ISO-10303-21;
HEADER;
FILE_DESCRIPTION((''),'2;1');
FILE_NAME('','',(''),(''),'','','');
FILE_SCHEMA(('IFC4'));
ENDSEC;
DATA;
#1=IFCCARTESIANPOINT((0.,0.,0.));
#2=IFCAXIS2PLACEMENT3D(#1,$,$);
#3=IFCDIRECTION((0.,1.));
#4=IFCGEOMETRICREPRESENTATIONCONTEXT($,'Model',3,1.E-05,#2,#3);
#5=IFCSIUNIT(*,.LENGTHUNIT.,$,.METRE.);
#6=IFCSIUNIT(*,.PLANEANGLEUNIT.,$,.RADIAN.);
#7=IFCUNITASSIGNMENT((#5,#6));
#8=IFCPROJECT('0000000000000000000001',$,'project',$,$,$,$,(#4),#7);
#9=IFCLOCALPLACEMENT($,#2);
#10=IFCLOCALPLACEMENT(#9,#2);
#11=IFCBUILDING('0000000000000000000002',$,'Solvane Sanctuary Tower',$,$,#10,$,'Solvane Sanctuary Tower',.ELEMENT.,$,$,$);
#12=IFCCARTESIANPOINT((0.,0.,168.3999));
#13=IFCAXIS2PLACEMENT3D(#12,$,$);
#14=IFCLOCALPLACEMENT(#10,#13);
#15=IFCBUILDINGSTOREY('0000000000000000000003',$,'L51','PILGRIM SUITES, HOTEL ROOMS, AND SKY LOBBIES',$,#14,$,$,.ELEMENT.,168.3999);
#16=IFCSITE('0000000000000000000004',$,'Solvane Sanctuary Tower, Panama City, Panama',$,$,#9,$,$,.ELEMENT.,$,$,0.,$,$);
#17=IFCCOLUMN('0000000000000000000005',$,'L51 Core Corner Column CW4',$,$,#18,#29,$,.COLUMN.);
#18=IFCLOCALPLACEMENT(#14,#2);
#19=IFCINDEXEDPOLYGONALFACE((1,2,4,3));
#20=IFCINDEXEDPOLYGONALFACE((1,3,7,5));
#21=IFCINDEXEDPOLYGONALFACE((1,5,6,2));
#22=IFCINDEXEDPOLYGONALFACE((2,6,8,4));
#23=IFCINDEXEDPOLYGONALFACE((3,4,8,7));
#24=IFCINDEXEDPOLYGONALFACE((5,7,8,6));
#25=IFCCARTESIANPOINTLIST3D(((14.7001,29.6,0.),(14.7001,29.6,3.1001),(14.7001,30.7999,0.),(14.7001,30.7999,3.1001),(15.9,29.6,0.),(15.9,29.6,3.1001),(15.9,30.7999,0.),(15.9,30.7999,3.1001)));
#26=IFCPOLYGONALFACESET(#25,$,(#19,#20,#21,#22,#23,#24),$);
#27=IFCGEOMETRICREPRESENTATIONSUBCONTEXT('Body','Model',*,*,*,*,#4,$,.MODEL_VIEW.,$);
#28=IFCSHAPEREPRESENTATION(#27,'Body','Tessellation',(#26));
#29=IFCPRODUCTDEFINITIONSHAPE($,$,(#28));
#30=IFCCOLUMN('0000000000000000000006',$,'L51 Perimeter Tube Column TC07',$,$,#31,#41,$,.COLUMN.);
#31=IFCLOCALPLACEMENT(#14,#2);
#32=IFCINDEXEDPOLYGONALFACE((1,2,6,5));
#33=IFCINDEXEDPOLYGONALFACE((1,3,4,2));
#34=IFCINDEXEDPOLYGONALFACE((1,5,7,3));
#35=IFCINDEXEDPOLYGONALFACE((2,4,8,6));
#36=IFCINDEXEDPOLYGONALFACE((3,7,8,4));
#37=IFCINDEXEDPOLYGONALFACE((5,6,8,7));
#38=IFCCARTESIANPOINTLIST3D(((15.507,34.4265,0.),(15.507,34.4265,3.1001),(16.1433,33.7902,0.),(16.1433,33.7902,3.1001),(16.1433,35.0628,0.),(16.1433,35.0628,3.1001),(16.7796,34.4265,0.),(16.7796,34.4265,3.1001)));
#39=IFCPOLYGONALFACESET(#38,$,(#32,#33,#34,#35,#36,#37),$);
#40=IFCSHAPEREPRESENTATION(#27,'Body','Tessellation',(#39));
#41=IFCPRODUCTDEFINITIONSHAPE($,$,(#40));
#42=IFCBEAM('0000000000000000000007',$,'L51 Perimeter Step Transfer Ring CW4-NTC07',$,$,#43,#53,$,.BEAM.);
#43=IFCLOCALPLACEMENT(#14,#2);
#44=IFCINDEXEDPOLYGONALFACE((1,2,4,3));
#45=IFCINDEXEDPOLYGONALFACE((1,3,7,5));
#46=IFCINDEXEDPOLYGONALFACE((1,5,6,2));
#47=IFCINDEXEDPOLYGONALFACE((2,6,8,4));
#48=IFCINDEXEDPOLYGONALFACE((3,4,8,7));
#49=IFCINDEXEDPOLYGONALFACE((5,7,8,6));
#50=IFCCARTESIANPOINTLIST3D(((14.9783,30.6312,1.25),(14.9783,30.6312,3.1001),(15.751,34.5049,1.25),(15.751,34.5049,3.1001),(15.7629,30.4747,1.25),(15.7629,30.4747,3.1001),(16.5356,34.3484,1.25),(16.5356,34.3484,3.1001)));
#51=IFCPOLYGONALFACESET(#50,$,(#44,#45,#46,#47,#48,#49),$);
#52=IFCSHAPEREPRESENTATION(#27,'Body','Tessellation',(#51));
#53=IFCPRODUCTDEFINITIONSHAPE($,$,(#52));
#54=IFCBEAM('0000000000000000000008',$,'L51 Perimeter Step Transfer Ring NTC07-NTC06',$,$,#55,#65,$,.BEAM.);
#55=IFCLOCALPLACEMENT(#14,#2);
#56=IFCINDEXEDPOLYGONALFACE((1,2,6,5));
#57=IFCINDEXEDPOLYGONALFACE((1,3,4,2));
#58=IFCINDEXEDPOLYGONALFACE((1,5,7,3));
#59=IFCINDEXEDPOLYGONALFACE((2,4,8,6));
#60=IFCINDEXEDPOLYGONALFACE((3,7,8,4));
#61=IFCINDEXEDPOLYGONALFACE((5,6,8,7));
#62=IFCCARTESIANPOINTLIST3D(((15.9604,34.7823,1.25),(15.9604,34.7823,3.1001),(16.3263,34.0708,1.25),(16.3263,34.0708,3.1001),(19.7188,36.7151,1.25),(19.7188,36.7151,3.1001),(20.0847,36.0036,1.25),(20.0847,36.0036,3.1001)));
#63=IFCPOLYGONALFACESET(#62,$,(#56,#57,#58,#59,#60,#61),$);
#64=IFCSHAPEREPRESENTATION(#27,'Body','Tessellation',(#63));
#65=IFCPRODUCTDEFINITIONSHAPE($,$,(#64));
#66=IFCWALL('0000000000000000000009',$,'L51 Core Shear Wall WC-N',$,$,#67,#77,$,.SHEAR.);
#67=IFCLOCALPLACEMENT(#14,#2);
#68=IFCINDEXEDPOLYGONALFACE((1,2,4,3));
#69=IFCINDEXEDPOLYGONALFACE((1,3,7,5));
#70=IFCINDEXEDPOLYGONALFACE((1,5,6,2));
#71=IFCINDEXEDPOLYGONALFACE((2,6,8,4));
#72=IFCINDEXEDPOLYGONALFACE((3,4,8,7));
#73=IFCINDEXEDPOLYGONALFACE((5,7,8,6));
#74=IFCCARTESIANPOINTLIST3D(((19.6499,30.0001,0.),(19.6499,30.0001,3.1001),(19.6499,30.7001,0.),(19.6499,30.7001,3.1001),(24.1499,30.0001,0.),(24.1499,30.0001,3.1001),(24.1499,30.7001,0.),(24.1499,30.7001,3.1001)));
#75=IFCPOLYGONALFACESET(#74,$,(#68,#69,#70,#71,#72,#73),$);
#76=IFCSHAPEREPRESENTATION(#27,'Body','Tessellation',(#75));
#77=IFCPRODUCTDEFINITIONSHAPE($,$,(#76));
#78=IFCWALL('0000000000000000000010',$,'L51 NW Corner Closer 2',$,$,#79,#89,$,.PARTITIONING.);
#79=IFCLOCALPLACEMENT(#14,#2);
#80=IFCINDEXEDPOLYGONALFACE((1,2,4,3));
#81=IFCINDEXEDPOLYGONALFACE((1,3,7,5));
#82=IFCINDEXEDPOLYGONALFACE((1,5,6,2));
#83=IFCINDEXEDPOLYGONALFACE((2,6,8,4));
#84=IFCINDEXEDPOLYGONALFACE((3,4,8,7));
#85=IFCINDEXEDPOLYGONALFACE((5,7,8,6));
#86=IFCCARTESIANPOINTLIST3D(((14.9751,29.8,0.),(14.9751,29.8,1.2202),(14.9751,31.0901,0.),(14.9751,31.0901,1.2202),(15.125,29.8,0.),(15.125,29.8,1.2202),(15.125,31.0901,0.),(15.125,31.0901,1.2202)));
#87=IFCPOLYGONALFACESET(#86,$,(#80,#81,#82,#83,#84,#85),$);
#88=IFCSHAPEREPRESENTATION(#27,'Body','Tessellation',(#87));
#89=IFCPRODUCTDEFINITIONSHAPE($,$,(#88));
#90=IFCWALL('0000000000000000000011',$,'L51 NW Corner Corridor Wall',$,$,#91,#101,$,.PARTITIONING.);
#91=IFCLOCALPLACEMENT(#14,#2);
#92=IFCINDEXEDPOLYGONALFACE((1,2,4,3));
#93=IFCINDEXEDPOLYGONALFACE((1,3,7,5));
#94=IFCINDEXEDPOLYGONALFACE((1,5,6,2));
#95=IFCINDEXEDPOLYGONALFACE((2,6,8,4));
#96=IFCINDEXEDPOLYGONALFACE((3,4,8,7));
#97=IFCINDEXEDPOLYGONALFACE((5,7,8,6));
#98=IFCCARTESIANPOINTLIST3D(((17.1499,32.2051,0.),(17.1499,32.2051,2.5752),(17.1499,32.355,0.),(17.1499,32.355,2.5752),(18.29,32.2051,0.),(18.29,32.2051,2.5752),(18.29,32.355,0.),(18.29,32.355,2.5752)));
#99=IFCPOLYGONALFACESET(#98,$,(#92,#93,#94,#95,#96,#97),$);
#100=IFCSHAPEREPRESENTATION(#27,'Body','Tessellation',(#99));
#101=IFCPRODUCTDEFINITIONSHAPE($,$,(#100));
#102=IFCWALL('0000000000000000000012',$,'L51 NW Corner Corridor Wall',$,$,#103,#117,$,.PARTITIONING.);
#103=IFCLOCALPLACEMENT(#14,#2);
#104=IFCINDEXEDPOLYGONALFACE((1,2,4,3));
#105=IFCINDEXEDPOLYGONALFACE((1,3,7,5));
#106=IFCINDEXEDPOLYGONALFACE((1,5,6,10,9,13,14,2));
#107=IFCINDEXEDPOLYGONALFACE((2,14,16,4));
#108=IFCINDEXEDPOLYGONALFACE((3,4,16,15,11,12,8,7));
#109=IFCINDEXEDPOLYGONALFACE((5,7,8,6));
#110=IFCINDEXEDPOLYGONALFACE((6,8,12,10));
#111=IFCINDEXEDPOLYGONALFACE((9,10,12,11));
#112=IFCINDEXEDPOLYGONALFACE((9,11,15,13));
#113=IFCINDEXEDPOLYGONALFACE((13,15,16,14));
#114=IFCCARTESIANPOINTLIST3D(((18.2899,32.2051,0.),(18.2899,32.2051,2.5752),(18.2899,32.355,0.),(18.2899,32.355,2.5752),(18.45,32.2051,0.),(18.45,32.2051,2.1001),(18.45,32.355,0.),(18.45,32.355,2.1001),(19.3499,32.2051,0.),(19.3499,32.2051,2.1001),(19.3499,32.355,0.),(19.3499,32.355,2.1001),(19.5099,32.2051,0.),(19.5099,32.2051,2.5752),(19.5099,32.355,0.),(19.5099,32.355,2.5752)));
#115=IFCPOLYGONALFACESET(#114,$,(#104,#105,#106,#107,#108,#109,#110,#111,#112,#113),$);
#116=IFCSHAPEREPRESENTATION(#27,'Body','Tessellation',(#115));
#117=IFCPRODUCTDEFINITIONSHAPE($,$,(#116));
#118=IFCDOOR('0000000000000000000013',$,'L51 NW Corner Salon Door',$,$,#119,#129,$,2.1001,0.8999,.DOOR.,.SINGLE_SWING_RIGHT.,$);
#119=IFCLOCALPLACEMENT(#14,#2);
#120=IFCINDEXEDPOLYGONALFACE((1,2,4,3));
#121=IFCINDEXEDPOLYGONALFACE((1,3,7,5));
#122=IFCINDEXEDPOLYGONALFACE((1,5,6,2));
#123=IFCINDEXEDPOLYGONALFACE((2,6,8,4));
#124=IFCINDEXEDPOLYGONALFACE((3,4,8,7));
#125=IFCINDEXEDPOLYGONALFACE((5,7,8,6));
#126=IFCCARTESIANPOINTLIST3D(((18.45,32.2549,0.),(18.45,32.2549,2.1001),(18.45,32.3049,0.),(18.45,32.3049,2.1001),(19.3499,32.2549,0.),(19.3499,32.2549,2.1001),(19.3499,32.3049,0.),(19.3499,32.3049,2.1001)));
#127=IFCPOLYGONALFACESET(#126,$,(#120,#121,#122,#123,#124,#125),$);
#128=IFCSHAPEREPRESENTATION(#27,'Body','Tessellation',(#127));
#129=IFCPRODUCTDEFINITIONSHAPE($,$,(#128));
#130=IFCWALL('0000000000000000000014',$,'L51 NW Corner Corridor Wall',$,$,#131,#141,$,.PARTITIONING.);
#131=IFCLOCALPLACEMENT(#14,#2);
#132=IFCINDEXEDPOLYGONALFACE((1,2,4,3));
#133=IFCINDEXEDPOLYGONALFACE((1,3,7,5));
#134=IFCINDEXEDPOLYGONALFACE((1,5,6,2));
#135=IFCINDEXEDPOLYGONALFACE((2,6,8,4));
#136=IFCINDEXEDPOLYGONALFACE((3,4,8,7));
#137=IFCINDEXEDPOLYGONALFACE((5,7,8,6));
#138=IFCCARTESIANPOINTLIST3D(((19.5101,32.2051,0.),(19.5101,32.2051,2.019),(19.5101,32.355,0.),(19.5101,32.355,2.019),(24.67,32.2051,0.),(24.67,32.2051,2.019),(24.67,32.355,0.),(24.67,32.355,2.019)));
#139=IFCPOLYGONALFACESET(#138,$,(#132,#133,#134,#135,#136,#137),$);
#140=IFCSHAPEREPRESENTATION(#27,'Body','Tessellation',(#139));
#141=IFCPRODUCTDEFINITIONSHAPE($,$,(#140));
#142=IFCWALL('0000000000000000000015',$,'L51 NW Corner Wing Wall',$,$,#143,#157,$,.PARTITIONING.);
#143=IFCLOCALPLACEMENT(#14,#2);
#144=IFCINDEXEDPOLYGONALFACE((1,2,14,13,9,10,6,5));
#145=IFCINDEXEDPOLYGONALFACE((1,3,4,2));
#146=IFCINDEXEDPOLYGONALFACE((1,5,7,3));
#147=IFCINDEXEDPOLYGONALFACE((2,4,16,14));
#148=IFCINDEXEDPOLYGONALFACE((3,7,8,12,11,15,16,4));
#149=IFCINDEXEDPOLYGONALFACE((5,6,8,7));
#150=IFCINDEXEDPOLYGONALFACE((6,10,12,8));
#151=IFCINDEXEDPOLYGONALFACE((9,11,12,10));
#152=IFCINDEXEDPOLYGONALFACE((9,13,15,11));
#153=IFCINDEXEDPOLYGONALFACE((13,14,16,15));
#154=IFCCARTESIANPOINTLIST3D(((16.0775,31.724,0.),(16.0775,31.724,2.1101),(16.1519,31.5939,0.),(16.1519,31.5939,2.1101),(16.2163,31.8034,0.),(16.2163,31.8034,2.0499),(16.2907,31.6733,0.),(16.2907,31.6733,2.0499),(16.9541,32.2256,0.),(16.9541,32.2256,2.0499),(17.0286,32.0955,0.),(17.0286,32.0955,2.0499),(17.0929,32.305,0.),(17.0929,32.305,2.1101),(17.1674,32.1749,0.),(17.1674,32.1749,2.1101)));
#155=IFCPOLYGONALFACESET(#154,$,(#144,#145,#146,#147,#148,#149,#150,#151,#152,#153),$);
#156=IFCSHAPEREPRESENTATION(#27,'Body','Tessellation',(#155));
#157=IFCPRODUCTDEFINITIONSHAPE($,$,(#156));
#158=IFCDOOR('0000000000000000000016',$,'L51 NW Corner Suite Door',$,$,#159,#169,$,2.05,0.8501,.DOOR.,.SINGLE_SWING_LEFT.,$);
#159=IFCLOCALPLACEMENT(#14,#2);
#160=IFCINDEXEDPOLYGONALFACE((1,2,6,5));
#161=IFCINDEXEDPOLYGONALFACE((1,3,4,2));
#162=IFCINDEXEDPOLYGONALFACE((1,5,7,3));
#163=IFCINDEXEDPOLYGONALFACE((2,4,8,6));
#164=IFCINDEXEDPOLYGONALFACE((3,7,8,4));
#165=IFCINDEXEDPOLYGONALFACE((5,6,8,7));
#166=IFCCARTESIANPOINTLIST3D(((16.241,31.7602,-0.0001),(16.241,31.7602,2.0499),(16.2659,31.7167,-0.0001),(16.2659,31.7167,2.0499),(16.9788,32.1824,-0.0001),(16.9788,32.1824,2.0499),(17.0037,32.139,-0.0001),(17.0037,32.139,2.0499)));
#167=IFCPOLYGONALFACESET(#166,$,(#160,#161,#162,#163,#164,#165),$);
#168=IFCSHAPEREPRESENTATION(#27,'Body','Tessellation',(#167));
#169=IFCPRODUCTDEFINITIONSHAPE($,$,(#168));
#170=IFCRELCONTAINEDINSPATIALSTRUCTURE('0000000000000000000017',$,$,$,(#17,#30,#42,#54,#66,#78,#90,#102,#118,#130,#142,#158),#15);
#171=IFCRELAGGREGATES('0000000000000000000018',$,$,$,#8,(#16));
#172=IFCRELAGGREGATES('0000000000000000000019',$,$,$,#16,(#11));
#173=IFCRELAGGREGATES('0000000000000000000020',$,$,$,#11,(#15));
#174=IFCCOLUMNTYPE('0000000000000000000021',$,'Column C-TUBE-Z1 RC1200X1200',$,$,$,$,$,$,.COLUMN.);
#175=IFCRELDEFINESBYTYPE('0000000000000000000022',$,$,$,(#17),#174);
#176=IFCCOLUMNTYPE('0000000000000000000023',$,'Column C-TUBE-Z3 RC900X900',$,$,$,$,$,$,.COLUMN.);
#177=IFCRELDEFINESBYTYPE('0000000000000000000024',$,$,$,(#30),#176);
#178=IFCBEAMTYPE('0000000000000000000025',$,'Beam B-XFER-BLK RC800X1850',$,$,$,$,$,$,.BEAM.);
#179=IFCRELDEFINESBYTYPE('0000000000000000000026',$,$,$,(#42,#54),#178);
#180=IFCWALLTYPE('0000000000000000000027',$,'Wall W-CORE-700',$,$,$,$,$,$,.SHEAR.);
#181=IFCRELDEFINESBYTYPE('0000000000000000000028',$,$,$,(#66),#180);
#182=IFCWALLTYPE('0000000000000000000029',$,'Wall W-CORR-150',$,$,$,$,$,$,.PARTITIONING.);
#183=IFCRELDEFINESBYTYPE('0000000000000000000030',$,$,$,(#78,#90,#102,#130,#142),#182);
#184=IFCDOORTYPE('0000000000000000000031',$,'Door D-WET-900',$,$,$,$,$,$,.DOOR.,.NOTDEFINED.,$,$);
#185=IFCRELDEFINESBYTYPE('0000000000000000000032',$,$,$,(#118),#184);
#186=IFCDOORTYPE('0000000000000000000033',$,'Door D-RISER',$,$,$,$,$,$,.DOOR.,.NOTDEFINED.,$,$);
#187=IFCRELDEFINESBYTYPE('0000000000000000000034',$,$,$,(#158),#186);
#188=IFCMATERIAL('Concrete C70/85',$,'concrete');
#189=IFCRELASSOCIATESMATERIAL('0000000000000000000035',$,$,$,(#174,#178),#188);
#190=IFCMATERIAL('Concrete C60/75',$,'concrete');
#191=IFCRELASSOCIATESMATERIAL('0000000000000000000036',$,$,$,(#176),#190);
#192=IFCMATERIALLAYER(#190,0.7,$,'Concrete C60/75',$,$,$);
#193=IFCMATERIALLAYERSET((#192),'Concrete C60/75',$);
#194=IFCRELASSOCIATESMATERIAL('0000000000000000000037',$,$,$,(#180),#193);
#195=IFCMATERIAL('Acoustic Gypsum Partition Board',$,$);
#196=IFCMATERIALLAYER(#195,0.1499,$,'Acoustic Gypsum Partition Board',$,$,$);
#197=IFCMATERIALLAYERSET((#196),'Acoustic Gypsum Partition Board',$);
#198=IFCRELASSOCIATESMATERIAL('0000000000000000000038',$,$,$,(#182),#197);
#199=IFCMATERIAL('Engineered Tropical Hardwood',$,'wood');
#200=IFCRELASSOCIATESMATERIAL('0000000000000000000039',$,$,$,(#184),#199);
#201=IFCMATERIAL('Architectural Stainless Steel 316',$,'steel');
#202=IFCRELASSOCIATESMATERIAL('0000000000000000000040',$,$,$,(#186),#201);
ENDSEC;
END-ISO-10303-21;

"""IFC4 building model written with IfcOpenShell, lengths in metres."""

from ifc_helpers import new_model, si_unit, direction, frame, frame_2d, origin, origin_2d, place, context, subcontext, project, spatial, rectangle, extrude, material, layer, layer_set, material_profile, profile_set, type_object, element, fill, save


model = new_model("IFC4")

# Units and contexts
model_context = context("Model", 3, precision=1e-05, world=origin(), true_north=direction((0.0, 1.0)))
body_context = subcontext(model_context, "Body", "Model", "MODEL_VIEW")
ifc_project = project(units=[si_unit("LENGTHUNIT", "METRE"), si_unit("PLANEANGLEUNIT", "RADIAN")], contexts=[model_context])

# Site, building, storey
site_placement = place(None, origin())
site = spatial("IfcSite", under=ifc_project, at=site_placement, Name="Solvane Sanctuary Tower, Panama City, Panama", CompositionType="ELEMENT", RefElevation=0.0)
building_placement = place(site_placement, origin())
building = spatial("IfcBuilding", under=site, at=building_placement, Name="Solvane Sanctuary Tower", LongName="Solvane Sanctuary Tower", CompositionType="ELEMENT")
storey_placement = place(building_placement, frame((0.0, 0.0, 168.3999)))
storey = spatial("IfcBuildingStorey", under=building, at=storey_placement, Name="L51", Description="PILGRIM SUITES, HOTEL ROOMS, AND SKY LOBBIES", CompositionType="ELEMENT", Elevation=168.3999)

# Columns
ifc_material_1 = material(Name="Concrete C70/85", Category="concrete")
ifc_material_profile_1 = material_profile(ifc_material_1, rectangle(XDim=1.2, YDim=1.2, at=origin_2d()), Name="RC1200X1200")
ifc_profile_set_1 = profile_set([ifc_material_profile_1], Name="Concrete C70/85")
column_type_1 = type_object("IfcColumnType", Name="Column C-TUBE-Z1 RC1200X1200", PredefinedType="COLUMN", material=ifc_profile_set_1)
column_1_placement = place(storey_placement, frame((15.3, 30.2, 0.0), z_axis=(0.0, 0.0, 1.0), x_axis=(1.0, 0.0, 0.0)))
element("IfcColumn", 1, at=column_1_placement, inside=storey, type_object=column_type_1, Name="L51 Core Corner Column CW4", PredefinedType="COLUMN", context=body_context, shape_type="SweptSolid", body=[
    extrude(rectangle(XDim=1.2, YDim=1.2, at=origin_2d()), origin(), (0.0, 0.0, 1.0), 3.1001),
])
ifc_material_2 = material(Name="Concrete C60/75", Category="concrete")
ifc_material_profile_2 = material_profile(ifc_material_2, rectangle(XDim=0.8999, YDim=0.8999, at=origin_2d()), Name="RC900X900")
ifc_profile_set_2 = profile_set([ifc_material_profile_2], Name="Concrete C60/75")
column_type_2 = type_object("IfcColumnType", Name="Column C-TUBE-Z3 RC900X900", PredefinedType="COLUMN", material=ifc_profile_set_2)
column_2_placement = place(storey_placement, frame((16.1433, 34.4265, 0.0), z_axis=(0.0, 0.0, 1.0), x_axis=(-0.707107, 0.707107, 0.0)))
element("IfcColumn", 2, at=column_2_placement, inside=storey, type_object=column_type_2, Name="L51 Perimeter Tube Column TC07", PredefinedType="COLUMN", context=body_context, shape_type="SweptSolid", body=[
    extrude(rectangle(XDim=0.8999, YDim=0.8999, at=origin_2d()), origin(), (0.0, 0.0, 1.0), 3.1001),
])

# Beams
ifc_material_profile_3 = material_profile(ifc_material_1, rectangle(XDim=0.8, YDim=1.8501, at=origin_2d()), Name="RC800X1850")
ifc_profile_set_3 = profile_set([ifc_material_profile_3], Name="Concrete C70/85")
beam_type = type_object("IfcBeamType", Name="Beam B-XFER-BLK RC800X1850", PredefinedType="BEAM", material=ifc_profile_set_3)
beam_1_placement = place(storey_placement, frame((15.3706, 30.553, 2.175), z_axis=(0.195629, 0.980678, 0.0), x_axis=(-0.980678, 0.195629, 0.0)))
element("IfcBeam", 3, at=beam_1_placement, inside=storey, type_object=beam_type, Name="L51 Perimeter Step Transfer Ring CW4-NTC07", PredefinedType="BEAM", context=body_context, shape_type="SweptSolid", body=[
    extrude(rectangle(XDim=0.8, YDim=1.8501, at=origin_2d()), origin(), (0.0, 0.0, 1.0), 3.95),
])
beam_2_placement = place(storey_placement, frame((16.1433, 34.4265, 2.175), z_axis=(0.889298, 0.457328, 0.0), x_axis=(-0.457328, 0.889298, 0.0)))
element("IfcBeam", 4, at=beam_2_placement, inside=storey, type_object=beam_type, Name="L51 Perimeter Step Transfer Ring NTC07-NTC06", PredefinedType="BEAM", context=body_context, shape_type="SweptSolid", body=[
    extrude(rectangle(XDim=0.8, YDim=1.8501, at=origin_2d()), origin(), (0.0, 0.0, 1.0), 4.2263),
])

# Walls
ifc_layer_1 = layer(ifc_material_2, 0.7, Name="Concrete C60/75")
ifc_layer_set_1 = layer_set([ifc_layer_1], Name="Concrete C60/75")
wall_type_1 = type_object("IfcWallType", Name="Wall W-CORE-700", PredefinedType="SHEAR", material=ifc_layer_set_1)
wall_1_placement = place(storey_placement, frame((19.6499, 30.3501, 0.0), z_axis=(0.0, 0.0, 1.0), x_axis=(1.0, 0.0, 0.0)))
element("IfcWall", 5, at=wall_1_placement, inside=storey, type_object=wall_type_1, Name="L51 Core Shear Wall WC-N", PredefinedType="SHEAR", context=body_context, shape_type="SweptSolid", body=[
    extrude(rectangle(XDim=4.5, YDim=0.7, at=frame_2d((2.25, 0.0))), origin(), (0.0, 0.0, 1.0), 3.1001),
])
ifc_material_3 = material(Name="Acoustic Gypsum Partition Board")
ifc_layer_2 = layer(ifc_material_3, 0.1499, Name="Acoustic Gypsum Partition Board")
ifc_layer_set_2 = layer_set([ifc_layer_2], Name="Acoustic Gypsum Partition Board")
wall_type_2 = type_object("IfcWallType", Name="Wall W-CORR-150", PredefinedType="PARTITIONING", material=ifc_layer_set_2)
wall_2_placement = place(storey_placement, frame((15.05, 29.8, 0.0), z_axis=(0.0, 0.0, 1.0), x_axis=(0.0, 1.0, 0.0)))
element("IfcWall", 6, at=wall_2_placement, inside=storey, type_object=wall_type_2, Name="L51 NW Corner Closer 2", PredefinedType="PARTITIONING", context=body_context, shape_type="SweptSolid", body=[
    extrude(rectangle(XDim=1.29, YDim=0.1499, at=frame_2d((0.645, 0.0))), origin(), (0.0, 0.0, 1.0), 1.2202),
])
wall_3_placement = place(storey_placement, frame((17.1499, 32.28, 0.0), z_axis=(0.0, 0.0, 1.0), x_axis=(1.0, 0.0, 0.0)))
element("IfcWall", 7, at=wall_3_placement, inside=storey, type_object=wall_type_2, Name="L51 NW Corner Corridor Wall", PredefinedType="PARTITIONING", context=body_context, shape_type="SweptSolid", body=[
    extrude(rectangle(XDim=1.1401, YDim=0.1499, at=frame_2d((0.5701, 0.0))), origin(), (0.0, 0.0, 1.0), 2.5752),
])

# Wall, opening, door
wall_4_placement = place(storey_placement, frame((18.29, 32.28, 0.0), z_axis=(0.0, 0.0, 1.0), x_axis=(1.0, 0.0, 0.0)))
wall_4 = element("IfcWall", 8, at=wall_4_placement, inside=storey, type_object=wall_type_2, Name="L51 NW Corner Corridor Wall", PredefinedType="PARTITIONING", context=body_context, shape_type="SweptSolid", body=[
    extrude(rectangle(XDim=1.22, YDim=0.1499, at=frame_2d((0.6099, 0.0))), origin(), (0.0, 0.0, 1.0), 2.5752),
])
opening_1_placement = place(wall_4_placement, frame((0.1599, 0.0, 0.0)))
opening_1 = element("IfcOpeningElement", 9, at=opening_1_placement, cuts=wall_4, PredefinedType="OPENING", context=body_context, shape_type="SweptSolid", body=[
    extrude(rectangle(XDim=0.8999, YDim=2.1001, at=frame_2d((0.45, 1.05))), frame((0.0, 0.085, 0.0), z_axis=(0.0, -1.0, 0.0), x_axis=(1.0, 0.0, 0.0)), (0.0, 0.0, 1.0), 0.1699),
])
ifc_material_4 = material(Name="Engineered Tropical Hardwood", Category="wood")
door_type_1 = type_object("IfcDoorType", Name="Door D-WET-900", OperationType="NOTDEFINED", PredefinedType="DOOR", material=ifc_material_4)
door_1_placement = place(opening_1_placement, origin())
door_1 = element("IfcDoor", 10, at=door_1_placement, inside=storey, type_object=door_type_1, Name="L51 NW Corner Salon Door", OperationType="SINGLE_SWING_RIGHT", OverallHeight=2.1001, OverallWidth=0.8999, PredefinedType="DOOR", context=body_context, shape_type="SweptSolid", body=[
    extrude(rectangle(XDim=0.8999, YDim=2.1001, at=frame_2d((0.45, 1.05))), frame((0.0, 0.0249, 0.0), z_axis=(0.0, -1.0, 0.0), x_axis=(1.0, 0.0, 0.0)), (0.0, 0.0, 1.0), 0.05),
])
fill(opening_1, door_1)

# Wall
wall_5_placement = place(storey_placement, frame((19.51, 32.28, 0.0), z_axis=(0.0, 0.0, 1.0), x_axis=(1.0, 0.0, 0.0)))
element("IfcWall", 11, at=wall_5_placement, inside=storey, type_object=wall_type_2, Name="L51 NW Corner Corridor Wall", PredefinedType="PARTITIONING", context=body_context, shape_type="SweptSolid", body=[
    extrude(rectangle(XDim=5.1599, YDim=0.1499, at=frame_2d((2.5801, 0.0))), origin(), (0.0, 0.0, 1.0), 2.019),
])

# Wall, opening, door
wall_6_placement = place(storey_placement, frame((17.1301, 32.24, 0.0), z_axis=(0.0, 0.0, 1.0), x_axis=(-0.867935, -0.496678, 0.0)))
wall_6 = element("IfcWall", 12, at=wall_6_placement, inside=storey, type_object=wall_type_2, Name="L51 NW Corner Wing Wall", PredefinedType="PARTITIONING", context=body_context, shape_type="SweptSolid", body=[
    extrude(rectangle(XDim=1.1699, YDim=0.1499, at=frame_2d((0.585, 0.0))), origin(), (0.0, 0.0, 1.0), 2.1101),
])
opening_2_placement = place(wall_6_placement, frame((0.1599, 0.0, 0.0)))
opening_2 = element("IfcOpeningElement", 13, at=opening_2_placement, cuts=wall_6, PredefinedType="OPENING", context=body_context, shape_type="SweptSolid", body=[
    extrude(rectangle(XDim=0.8501, YDim=2.05, at=frame_2d((0.425, 1.0249))), frame((0.0, 0.085, 0.0), z_axis=(0.0, -1.0, 0.0), x_axis=(1.0, 0.0, 0.0)), (0.0, 0.0, 1.0), 0.1699),
])
ifc_material_5 = material(Name="Architectural Stainless Steel 316", Category="steel")
door_type_2 = type_object("IfcDoorType", Name="Door D-RISER", OperationType="NOTDEFINED", PredefinedType="DOOR", material=ifc_material_5)
door_2_placement = place(opening_2_placement, origin())
door_2 = element("IfcDoor", 14, at=door_2_placement, inside=storey, type_object=door_type_2, Name="L51 NW Corner Suite Door", OperationType="SINGLE_SWING_LEFT", OverallHeight=2.05, OverallWidth=0.8501, PredefinedType="DOOR", context=body_context, shape_type="SweptSolid", body=[
    extrude(rectangle(XDim=0.8501, YDim=2.05, at=frame_2d((0.425, 1.0249))), frame((0.0, 0.0249, 0.0), z_axis=(0.0, -1.0, 0.0), x_axis=(1.0, 0.0, 0.0)), (0.0, 0.0, 1.0), 0.05),
])
fill(opening_2, door_2)

save(model, "model.ifc")
